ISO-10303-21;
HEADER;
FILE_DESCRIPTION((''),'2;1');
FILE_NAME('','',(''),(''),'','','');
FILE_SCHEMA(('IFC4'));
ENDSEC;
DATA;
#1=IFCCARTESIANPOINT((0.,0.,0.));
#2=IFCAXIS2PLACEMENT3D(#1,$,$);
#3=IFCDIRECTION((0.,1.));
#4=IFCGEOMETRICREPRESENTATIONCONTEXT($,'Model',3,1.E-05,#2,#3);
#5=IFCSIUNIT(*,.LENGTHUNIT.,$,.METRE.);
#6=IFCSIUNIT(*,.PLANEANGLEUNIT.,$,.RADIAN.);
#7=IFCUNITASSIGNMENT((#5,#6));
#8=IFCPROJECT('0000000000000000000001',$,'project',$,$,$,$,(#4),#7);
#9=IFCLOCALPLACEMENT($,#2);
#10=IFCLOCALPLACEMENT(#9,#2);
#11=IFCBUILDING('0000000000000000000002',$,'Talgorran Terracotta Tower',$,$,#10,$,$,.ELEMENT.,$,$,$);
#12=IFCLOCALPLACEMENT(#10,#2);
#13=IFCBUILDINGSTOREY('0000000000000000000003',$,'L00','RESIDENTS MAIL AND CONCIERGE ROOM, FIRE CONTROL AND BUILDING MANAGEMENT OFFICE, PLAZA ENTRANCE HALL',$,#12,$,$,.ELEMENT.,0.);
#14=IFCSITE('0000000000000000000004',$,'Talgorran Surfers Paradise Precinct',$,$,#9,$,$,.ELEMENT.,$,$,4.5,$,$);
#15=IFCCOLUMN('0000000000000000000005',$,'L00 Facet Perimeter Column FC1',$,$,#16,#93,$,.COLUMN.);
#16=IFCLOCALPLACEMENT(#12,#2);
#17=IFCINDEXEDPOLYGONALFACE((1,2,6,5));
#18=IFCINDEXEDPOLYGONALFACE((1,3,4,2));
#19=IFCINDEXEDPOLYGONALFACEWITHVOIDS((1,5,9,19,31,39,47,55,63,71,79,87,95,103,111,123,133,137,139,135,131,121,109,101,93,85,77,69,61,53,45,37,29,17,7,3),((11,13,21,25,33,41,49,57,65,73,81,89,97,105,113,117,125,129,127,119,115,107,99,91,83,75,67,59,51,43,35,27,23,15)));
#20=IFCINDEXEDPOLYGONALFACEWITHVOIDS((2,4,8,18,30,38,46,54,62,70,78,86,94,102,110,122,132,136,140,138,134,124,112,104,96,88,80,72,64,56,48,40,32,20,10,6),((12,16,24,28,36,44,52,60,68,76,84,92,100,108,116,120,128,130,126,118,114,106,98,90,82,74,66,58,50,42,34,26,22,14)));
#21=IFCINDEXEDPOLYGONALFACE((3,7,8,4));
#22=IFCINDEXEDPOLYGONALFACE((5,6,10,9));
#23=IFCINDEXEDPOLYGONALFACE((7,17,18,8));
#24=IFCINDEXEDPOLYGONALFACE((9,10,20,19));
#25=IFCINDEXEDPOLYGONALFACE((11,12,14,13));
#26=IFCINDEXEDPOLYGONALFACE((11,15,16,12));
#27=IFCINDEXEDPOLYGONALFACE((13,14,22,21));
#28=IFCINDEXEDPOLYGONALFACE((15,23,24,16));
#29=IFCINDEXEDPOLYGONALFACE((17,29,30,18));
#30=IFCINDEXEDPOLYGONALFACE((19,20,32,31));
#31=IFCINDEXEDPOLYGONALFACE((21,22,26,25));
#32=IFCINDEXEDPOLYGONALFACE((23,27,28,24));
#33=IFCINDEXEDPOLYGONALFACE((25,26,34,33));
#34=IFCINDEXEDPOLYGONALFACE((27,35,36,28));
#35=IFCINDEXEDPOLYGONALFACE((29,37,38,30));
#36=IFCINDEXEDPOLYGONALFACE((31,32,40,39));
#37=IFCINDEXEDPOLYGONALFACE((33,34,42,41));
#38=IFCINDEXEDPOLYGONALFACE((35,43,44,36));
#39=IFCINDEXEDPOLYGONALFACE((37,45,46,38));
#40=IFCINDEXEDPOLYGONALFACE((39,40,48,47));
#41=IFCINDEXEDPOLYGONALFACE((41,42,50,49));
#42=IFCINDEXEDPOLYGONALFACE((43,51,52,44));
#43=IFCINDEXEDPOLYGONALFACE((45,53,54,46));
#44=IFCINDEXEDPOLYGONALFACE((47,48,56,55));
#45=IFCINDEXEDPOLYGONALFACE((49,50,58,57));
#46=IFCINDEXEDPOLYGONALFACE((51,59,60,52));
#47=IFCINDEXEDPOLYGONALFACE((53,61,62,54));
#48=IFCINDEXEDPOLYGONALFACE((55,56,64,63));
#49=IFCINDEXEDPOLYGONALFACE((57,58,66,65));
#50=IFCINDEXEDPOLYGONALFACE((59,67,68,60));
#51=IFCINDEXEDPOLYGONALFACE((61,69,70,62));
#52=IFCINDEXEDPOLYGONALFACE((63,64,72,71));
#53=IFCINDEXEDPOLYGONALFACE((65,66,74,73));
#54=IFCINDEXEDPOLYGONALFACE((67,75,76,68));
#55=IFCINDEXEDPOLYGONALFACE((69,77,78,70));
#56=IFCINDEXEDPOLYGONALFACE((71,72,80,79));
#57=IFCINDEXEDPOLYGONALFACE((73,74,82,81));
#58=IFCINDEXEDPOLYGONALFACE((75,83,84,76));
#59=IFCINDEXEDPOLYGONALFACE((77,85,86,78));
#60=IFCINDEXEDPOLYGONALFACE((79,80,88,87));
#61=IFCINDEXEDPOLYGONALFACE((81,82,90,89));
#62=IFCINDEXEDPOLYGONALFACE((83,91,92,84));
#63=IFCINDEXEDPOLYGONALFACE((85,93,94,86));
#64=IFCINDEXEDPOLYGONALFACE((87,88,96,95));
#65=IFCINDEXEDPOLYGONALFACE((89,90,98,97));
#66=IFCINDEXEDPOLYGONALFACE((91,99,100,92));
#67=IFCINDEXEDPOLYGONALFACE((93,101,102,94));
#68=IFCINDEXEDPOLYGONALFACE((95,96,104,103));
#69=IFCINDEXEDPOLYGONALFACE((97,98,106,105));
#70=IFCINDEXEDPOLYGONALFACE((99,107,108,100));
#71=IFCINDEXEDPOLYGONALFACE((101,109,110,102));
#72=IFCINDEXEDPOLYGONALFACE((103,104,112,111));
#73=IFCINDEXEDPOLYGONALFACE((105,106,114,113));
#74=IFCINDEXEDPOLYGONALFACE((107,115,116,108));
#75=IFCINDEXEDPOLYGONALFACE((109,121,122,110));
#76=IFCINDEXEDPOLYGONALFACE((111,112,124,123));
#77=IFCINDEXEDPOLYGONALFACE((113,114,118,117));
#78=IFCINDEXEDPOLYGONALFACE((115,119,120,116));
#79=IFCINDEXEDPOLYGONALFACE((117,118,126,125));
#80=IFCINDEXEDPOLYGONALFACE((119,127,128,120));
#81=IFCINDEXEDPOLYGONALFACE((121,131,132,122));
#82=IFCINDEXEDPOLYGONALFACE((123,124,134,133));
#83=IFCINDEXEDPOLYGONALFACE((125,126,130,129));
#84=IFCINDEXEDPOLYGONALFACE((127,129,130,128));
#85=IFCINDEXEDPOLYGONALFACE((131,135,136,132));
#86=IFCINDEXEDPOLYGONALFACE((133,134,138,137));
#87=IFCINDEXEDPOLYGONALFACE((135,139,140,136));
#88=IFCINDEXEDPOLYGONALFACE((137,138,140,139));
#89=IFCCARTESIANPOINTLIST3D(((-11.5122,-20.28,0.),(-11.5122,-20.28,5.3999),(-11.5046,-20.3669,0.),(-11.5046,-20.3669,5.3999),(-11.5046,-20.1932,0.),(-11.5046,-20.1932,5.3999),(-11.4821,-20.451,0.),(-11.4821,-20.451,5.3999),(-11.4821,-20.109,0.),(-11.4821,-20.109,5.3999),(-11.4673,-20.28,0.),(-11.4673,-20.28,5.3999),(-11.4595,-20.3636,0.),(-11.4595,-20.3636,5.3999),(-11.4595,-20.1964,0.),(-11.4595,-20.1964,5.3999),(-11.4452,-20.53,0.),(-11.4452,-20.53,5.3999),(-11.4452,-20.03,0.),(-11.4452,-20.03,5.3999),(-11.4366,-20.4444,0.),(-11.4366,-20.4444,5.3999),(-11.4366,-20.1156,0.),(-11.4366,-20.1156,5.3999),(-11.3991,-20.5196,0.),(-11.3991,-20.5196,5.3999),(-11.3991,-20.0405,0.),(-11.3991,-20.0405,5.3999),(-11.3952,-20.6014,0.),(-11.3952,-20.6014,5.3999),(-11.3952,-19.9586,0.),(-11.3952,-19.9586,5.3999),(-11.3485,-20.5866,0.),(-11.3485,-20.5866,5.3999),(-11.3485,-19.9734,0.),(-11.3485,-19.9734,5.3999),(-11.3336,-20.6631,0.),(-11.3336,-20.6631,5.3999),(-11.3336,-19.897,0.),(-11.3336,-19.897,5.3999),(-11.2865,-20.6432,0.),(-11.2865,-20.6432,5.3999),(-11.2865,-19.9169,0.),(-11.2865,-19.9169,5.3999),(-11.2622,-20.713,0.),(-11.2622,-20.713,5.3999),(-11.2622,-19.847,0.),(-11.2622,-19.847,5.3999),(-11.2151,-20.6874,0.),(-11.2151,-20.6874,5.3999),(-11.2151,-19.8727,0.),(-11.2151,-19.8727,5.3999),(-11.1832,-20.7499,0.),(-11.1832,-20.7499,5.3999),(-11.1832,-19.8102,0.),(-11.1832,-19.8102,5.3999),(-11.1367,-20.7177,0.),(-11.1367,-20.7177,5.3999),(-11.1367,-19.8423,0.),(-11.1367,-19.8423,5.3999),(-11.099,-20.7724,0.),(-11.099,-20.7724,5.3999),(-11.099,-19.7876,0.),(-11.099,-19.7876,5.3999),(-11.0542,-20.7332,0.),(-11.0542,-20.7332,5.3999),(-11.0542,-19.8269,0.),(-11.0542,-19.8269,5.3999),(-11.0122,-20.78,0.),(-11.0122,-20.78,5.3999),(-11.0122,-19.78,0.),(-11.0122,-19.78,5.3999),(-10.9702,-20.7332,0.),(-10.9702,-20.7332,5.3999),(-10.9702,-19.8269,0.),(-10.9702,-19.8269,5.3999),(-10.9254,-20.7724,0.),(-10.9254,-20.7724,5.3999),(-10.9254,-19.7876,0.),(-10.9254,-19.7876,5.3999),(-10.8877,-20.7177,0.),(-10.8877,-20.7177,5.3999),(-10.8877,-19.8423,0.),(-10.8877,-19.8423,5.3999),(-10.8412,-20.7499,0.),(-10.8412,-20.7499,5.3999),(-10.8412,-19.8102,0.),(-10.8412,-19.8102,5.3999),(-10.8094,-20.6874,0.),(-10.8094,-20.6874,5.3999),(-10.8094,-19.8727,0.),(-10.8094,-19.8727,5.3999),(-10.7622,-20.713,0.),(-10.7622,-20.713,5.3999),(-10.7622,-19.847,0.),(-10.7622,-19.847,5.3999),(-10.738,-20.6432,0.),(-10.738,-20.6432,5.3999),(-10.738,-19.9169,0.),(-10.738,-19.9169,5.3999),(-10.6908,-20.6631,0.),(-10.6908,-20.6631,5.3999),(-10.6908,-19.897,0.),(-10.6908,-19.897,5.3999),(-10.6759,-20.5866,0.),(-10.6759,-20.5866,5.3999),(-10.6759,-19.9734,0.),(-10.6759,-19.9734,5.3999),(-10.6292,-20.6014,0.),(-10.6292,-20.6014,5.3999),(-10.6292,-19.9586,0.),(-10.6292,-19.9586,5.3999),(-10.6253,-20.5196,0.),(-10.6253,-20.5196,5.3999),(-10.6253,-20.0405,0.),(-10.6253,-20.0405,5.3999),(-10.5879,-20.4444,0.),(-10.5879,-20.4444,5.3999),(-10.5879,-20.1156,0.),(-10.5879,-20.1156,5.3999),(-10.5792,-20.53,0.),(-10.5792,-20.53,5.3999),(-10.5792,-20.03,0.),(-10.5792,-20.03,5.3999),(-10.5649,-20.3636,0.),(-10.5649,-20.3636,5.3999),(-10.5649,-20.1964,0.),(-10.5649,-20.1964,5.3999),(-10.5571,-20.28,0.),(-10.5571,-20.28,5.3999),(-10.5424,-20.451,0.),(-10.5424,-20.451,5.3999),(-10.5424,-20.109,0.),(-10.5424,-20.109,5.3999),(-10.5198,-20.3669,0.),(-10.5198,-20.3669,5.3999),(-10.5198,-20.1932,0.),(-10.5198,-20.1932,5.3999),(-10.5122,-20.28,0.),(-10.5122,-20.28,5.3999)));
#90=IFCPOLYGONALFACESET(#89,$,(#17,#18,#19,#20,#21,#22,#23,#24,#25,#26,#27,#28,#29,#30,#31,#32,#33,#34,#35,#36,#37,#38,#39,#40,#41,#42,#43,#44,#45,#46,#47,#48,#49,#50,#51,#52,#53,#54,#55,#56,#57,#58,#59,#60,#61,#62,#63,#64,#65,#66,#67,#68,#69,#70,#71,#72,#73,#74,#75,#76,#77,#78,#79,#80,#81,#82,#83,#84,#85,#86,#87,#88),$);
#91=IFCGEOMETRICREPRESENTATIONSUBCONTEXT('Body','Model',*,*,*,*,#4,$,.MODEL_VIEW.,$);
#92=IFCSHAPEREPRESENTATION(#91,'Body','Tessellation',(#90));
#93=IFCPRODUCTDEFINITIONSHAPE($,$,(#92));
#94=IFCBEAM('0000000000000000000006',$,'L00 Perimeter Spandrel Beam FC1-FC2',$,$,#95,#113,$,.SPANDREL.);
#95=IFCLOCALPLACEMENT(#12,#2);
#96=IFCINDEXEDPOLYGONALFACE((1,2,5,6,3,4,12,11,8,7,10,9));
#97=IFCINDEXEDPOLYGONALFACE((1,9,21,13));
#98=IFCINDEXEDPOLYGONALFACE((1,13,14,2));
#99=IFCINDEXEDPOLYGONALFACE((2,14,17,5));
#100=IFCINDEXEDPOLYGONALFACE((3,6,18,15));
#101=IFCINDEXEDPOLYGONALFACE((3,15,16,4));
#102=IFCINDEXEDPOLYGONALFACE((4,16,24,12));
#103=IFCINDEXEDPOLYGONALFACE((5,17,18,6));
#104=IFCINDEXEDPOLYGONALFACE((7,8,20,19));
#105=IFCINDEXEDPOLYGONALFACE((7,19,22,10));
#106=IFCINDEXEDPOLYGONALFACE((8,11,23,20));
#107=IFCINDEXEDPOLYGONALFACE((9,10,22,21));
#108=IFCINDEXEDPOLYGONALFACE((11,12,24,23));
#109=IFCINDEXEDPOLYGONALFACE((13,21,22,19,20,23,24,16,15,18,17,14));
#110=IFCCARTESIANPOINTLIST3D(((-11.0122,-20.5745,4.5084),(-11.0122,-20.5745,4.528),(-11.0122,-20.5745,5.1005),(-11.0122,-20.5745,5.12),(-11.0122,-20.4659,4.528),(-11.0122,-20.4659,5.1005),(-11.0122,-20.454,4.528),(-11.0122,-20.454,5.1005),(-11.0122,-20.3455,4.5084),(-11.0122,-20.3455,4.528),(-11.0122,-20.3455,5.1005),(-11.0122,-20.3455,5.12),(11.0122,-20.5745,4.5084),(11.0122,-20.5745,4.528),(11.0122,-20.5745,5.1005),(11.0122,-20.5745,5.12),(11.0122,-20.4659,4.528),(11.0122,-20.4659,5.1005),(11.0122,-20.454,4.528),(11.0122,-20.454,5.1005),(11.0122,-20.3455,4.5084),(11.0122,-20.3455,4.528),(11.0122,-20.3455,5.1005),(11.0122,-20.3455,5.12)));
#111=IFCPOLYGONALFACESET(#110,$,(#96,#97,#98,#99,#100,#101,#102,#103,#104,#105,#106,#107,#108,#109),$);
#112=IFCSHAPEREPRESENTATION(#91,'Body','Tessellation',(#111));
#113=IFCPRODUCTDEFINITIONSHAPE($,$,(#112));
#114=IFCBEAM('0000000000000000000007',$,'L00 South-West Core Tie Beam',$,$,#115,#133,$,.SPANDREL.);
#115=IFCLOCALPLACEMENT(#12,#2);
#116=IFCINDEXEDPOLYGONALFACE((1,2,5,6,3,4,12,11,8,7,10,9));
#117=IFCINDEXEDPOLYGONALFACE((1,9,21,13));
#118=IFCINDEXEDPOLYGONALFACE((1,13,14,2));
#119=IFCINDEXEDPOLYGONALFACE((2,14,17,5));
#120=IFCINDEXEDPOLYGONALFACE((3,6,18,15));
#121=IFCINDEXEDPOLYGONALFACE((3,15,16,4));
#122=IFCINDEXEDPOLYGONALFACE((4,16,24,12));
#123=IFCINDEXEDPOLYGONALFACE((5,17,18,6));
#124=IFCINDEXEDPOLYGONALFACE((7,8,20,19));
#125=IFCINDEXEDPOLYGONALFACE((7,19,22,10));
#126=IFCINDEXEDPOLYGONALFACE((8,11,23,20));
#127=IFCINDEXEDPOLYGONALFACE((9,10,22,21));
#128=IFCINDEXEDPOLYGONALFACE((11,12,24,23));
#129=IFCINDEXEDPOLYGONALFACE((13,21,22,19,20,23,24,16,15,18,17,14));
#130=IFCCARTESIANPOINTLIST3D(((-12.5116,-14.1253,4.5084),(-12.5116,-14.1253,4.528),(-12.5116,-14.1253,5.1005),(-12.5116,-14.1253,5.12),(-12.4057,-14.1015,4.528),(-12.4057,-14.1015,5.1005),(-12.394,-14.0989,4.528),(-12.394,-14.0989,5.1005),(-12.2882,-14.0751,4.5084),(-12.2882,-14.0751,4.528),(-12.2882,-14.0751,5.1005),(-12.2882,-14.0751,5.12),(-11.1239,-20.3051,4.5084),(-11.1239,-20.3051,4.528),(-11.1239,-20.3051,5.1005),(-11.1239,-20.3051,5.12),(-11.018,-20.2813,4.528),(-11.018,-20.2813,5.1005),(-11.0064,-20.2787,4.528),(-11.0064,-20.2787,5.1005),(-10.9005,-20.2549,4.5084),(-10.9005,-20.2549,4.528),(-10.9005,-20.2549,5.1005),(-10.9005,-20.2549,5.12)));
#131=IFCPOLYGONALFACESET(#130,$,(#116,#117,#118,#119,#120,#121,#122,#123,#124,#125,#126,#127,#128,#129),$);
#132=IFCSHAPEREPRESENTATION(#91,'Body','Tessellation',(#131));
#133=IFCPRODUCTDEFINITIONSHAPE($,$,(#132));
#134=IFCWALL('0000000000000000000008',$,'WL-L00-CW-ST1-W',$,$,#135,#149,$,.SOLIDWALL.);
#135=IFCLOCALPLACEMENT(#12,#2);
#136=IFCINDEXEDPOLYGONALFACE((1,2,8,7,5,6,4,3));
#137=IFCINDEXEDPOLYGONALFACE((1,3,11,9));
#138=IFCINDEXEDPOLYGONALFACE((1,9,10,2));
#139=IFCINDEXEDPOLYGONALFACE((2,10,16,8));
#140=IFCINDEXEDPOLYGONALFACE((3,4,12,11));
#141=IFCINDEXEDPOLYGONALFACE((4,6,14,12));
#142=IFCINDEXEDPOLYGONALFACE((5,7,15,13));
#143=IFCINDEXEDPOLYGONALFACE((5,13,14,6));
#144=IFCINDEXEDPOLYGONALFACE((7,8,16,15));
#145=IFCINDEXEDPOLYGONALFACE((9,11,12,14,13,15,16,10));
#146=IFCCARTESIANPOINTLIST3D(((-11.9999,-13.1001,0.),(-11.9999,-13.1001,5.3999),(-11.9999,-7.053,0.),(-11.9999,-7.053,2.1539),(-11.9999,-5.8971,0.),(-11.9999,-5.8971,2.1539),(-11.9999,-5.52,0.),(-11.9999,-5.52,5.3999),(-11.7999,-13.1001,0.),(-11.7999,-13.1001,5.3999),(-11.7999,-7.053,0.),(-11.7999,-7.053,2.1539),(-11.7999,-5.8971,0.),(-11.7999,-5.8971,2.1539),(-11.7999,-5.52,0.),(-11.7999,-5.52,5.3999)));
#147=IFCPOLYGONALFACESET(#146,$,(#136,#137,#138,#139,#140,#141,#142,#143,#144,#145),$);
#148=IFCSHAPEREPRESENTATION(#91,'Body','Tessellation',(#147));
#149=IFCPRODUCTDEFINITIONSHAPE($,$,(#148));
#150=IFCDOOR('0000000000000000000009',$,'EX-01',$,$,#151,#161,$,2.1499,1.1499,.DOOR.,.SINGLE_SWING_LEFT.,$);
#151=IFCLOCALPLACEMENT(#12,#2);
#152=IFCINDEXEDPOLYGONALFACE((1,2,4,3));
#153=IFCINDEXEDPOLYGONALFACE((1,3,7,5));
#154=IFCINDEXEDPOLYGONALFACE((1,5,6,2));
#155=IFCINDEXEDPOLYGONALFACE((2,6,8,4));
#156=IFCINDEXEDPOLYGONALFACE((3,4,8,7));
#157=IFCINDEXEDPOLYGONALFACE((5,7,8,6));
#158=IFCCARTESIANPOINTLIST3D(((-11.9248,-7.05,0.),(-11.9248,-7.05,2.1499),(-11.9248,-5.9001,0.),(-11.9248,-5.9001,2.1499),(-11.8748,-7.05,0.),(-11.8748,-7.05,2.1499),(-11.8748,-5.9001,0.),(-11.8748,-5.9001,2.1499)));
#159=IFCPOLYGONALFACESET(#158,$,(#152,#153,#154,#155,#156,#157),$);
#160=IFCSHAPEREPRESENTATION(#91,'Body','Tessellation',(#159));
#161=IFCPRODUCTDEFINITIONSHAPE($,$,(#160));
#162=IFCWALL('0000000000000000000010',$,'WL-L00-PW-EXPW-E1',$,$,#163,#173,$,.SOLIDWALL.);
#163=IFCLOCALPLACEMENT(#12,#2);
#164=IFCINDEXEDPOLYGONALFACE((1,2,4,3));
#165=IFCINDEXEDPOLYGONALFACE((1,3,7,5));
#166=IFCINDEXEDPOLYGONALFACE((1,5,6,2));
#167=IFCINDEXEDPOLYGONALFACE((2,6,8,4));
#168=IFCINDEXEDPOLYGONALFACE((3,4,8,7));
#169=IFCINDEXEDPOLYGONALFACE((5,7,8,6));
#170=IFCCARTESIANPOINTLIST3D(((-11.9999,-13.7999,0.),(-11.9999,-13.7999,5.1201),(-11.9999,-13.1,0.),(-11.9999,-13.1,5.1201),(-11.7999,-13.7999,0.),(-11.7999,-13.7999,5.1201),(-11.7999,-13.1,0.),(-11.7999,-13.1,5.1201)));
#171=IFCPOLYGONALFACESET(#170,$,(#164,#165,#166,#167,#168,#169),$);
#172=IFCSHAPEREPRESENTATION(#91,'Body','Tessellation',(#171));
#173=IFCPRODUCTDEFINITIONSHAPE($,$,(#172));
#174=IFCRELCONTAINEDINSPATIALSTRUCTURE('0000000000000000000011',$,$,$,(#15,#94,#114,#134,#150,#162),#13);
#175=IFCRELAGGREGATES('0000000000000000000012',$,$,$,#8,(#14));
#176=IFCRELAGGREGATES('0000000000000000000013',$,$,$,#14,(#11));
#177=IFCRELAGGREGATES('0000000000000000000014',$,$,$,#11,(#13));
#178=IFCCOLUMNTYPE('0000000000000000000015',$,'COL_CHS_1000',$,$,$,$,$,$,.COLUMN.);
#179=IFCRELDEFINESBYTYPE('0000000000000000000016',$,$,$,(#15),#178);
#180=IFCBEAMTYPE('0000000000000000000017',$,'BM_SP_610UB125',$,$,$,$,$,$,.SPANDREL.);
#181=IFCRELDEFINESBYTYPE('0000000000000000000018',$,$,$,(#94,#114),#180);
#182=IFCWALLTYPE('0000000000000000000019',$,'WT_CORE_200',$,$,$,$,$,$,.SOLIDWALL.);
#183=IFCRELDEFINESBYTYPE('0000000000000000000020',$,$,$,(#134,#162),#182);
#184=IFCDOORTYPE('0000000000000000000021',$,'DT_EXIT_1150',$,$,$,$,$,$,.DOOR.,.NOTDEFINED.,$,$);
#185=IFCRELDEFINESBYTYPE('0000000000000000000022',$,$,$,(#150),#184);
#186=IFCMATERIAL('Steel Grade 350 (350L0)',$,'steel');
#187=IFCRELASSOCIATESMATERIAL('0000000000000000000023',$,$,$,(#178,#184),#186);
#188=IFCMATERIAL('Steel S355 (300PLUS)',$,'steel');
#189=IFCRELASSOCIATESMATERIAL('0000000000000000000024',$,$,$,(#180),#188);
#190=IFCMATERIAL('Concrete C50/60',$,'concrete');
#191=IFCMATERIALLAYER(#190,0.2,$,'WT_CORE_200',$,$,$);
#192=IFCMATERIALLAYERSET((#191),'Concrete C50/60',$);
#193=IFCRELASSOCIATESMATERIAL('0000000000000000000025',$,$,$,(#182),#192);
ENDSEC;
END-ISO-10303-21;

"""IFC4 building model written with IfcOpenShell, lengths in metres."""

from ifc_helpers import new_model, si_unit, direction, frame, frame_2d, origin, origin_2d, place, context, subcontext, project, spatial, rectangle, hollow_circle, i_section, extrude, material, layer, layer_set, material_profile, profile_set, type_object, element, fill, save


model = new_model("IFC4")

# Units and contexts
model_context = context("Model", 3, precision=1e-05, world=origin(), true_north=direction((0.0, 1.0)))
body_context = subcontext(model_context, "Body", "Model", "MODEL_VIEW")
ifc_project = project(units=[si_unit("LENGTHUNIT", "METRE"), si_unit("PLANEANGLEUNIT", "RADIAN")], contexts=[model_context])

# Site, building, storey
site_placement = place(None, origin())
site = spatial("IfcSite", under=ifc_project, at=site_placement, Name="Talgorran Surfers Paradise Precinct", CompositionType="ELEMENT", RefElevation=4.5)
building_placement = place(site_placement, origin())
building = spatial("IfcBuilding", under=site, at=building_placement, Name="Talgorran Terracotta Tower", CompositionType="ELEMENT")
storey_placement = place(building_placement, origin())
storey = spatial("IfcBuildingStorey", under=building, at=storey_placement, Name="L00", Description="RESIDENTS MAIL AND CONCIERGE ROOM, FIRE CONTROL AND BUILDING MANAGEMENT OFFICE, PLAZA ENTRANCE HALL", CompositionType="ELEMENT", Elevation=0.0)

# Column
ifc_material_1 = material(Name="Steel Grade 350 (350L0)", Category="steel")
ifc_material_profile_1 = material_profile(ifc_material_1, hollow_circle(Radius=0.5, WallThickness=0.0449, at=origin_2d()), Name="CHS1000X45")
ifc_profile_set_1 = profile_set([ifc_material_profile_1], Name="Steel Grade 350 (350L0)")
column_type = type_object("IfcColumnType", Name="COL_CHS_1000", PredefinedType="COLUMN", material=ifc_profile_set_1)
column_placement = place(storey_placement, frame((-11.0122, -20.28, 0.0), z_axis=(0.0, 0.0, 1.0), x_axis=(1.0, 0.0, 0.0)))
element("IfcColumn", 1, at=column_placement, inside=storey, type_object=column_type, Name="L00 Facet Perimeter Column FC1", PredefinedType="COLUMN", context=body_context, shape_type="SweptSolid", body=[
    extrude(hollow_circle(Radius=0.5, WallThickness=0.0449, at=origin_2d()), origin(), (0.0, 0.0, 1.0), 5.3999),
])

# Beams
ifc_material_2 = material(Name="Steel S355 (300PLUS)", Category="steel")
ifc_material_profile_2 = material_profile(ifc_material_2, i_section(OverallWidth=0.229, OverallDepth=0.6116, WebThickness=0.012, FlangeThickness=0.0195, at=origin_2d()), Name="610UB125")
ifc_profile_set_2 = profile_set([ifc_material_profile_2], Name="Steel S355 (300PLUS)")
beam_type = type_object("IfcBeamType", Name="BM_SP_610UB125", PredefinedType="SPANDREL", material=ifc_profile_set_2)
beam_1_placement = place(storey_placement, frame((-11.0122, -20.46, 4.8142), z_axis=(1.0, 0.0, 0.0), x_axis=(0.0, 1.0, 0.0)))
element("IfcBeam", 2, at=beam_1_placement, inside=storey, type_object=beam_type, Name="L00 Perimeter Spandrel Beam FC1-FC2", PredefinedType="SPANDREL", context=body_context, shape_type="SweptSolid", body=[
    extrude(i_section(OverallWidth=0.229, OverallDepth=0.6116, WebThickness=0.012, FlangeThickness=0.0195, at=origin_2d()), origin(), (0.0, 0.0, 1.0), 22.0244),
])
beam_2_placement = place(storey_placement, frame((-11.0122, -20.28, 4.8142), z_axis=(-0.219093, 0.975704, 0.0), x_axis=(-0.975704, -0.219093, 0.0)))
element("IfcBeam", 3, at=beam_2_placement, inside=storey, type_object=beam_type, Name="L00 South-West Core Tie Beam", PredefinedType="SPANDREL", context=body_context, shape_type="SweptSolid", body=[
    extrude(i_section(OverallWidth=0.229, OverallDepth=0.6116, WebThickness=0.012, FlangeThickness=0.0195, at=origin_2d()), origin(), (0.0, 0.0, 1.0), 6.3337),
])

# Wall, opening, door
ifc_material_3 = material(Name="Concrete C50/60", Category="concrete")
ifc_layer_1 = layer(ifc_material_3, 0.2, Name="WT_CORE_200")
ifc_layer_set_1 = layer_set([ifc_layer_1], Name="Concrete C50/60")
wall_type_1 = type_object("IfcWallType", Name="WT_CORE_200", PredefinedType="SOLIDWALL", material=ifc_layer_set_1)
wall_1_placement = place(storey_placement, frame((-11.8999, -13.1001, 0.0), z_axis=(0.0, 0.0, 1.0), x_axis=(0.0, 1.0, 0.0)))
wall_1 = element("IfcWall", 4, at=wall_1_placement, inside=storey, type_object=wall_type_1, Name="WL-L00-CW-ST1-W", PredefinedType="SOLIDWALL", context=body_context, shape_type="SweptSolid", body=[
    extrude(rectangle(XDim=7.5801, YDim=0.2, at=frame_2d((3.79, 0.0))), origin(), (0.0, 0.0, 1.0), 5.3999),
])
opening_1_placement = place(wall_1_placement, frame((6.05, 0.0, 0.0)))
opening_1 = element("IfcOpeningElement", 5, at=opening_1_placement, cuts=wall_1, PredefinedType="OPENING", context=body_context, shape_type="SweptSolid", body=[
    extrude(rectangle(XDim=1.1559, YDim=2.1539, at=frame_2d((0.575, 1.0769))), frame((0.0, 0.1099, 0.0), z_axis=(0.0, -1.0, 0.0), x_axis=(1.0, 0.0, 0.0)), (0.0, 0.0, 1.0), 0.22),
])
door_type_1 = type_object("IfcDoorType", Name="DT_EXIT_1150", OperationType="NOTDEFINED", PredefinedType="DOOR", material=ifc_material_1)
door_1_placement = place(opening_1_placement, origin())
door_1 = element("IfcDoor", 6, at=door_1_placement, inside=storey, type_object=door_type_1, Name="EX-01", OperationType="SINGLE_SWING_LEFT", OverallHeight=2.1499, OverallWidth=1.1499, PredefinedType="DOOR", context=body_context, shape_type="SweptSolid", body=[
    extrude(rectangle(XDim=1.1499, YDim=2.1499, at=frame_2d((0.575, 1.075))), frame((0.0, 0.0249, 0.0), z_axis=(0.0, -1.0, 0.0), x_axis=(1.0, 0.0, 0.0)), (0.0, 0.0, 1.0), 0.05),
])
fill(opening_1, door_1)

# Wall
wall_2_placement = place(storey_placement, frame((-11.8999, -13.8, 0.0), z_axis=(0.0, 0.0, 1.0), x_axis=(0.0, 1.0, 0.0)))
element("IfcWall", 7, at=wall_2_placement, inside=storey, type_object=wall_type_1, Name="WL-L00-PW-EXPW-E1", PredefinedType="SOLIDWALL", context=body_context, shape_type="SweptSolid", body=[
    extrude(rectangle(XDim=0.7, YDim=0.2, at=frame_2d((0.3501, 0.0))), origin(), (0.0, 0.0, 1.0), 5.1201),
])

save(model, "model.ifc")
